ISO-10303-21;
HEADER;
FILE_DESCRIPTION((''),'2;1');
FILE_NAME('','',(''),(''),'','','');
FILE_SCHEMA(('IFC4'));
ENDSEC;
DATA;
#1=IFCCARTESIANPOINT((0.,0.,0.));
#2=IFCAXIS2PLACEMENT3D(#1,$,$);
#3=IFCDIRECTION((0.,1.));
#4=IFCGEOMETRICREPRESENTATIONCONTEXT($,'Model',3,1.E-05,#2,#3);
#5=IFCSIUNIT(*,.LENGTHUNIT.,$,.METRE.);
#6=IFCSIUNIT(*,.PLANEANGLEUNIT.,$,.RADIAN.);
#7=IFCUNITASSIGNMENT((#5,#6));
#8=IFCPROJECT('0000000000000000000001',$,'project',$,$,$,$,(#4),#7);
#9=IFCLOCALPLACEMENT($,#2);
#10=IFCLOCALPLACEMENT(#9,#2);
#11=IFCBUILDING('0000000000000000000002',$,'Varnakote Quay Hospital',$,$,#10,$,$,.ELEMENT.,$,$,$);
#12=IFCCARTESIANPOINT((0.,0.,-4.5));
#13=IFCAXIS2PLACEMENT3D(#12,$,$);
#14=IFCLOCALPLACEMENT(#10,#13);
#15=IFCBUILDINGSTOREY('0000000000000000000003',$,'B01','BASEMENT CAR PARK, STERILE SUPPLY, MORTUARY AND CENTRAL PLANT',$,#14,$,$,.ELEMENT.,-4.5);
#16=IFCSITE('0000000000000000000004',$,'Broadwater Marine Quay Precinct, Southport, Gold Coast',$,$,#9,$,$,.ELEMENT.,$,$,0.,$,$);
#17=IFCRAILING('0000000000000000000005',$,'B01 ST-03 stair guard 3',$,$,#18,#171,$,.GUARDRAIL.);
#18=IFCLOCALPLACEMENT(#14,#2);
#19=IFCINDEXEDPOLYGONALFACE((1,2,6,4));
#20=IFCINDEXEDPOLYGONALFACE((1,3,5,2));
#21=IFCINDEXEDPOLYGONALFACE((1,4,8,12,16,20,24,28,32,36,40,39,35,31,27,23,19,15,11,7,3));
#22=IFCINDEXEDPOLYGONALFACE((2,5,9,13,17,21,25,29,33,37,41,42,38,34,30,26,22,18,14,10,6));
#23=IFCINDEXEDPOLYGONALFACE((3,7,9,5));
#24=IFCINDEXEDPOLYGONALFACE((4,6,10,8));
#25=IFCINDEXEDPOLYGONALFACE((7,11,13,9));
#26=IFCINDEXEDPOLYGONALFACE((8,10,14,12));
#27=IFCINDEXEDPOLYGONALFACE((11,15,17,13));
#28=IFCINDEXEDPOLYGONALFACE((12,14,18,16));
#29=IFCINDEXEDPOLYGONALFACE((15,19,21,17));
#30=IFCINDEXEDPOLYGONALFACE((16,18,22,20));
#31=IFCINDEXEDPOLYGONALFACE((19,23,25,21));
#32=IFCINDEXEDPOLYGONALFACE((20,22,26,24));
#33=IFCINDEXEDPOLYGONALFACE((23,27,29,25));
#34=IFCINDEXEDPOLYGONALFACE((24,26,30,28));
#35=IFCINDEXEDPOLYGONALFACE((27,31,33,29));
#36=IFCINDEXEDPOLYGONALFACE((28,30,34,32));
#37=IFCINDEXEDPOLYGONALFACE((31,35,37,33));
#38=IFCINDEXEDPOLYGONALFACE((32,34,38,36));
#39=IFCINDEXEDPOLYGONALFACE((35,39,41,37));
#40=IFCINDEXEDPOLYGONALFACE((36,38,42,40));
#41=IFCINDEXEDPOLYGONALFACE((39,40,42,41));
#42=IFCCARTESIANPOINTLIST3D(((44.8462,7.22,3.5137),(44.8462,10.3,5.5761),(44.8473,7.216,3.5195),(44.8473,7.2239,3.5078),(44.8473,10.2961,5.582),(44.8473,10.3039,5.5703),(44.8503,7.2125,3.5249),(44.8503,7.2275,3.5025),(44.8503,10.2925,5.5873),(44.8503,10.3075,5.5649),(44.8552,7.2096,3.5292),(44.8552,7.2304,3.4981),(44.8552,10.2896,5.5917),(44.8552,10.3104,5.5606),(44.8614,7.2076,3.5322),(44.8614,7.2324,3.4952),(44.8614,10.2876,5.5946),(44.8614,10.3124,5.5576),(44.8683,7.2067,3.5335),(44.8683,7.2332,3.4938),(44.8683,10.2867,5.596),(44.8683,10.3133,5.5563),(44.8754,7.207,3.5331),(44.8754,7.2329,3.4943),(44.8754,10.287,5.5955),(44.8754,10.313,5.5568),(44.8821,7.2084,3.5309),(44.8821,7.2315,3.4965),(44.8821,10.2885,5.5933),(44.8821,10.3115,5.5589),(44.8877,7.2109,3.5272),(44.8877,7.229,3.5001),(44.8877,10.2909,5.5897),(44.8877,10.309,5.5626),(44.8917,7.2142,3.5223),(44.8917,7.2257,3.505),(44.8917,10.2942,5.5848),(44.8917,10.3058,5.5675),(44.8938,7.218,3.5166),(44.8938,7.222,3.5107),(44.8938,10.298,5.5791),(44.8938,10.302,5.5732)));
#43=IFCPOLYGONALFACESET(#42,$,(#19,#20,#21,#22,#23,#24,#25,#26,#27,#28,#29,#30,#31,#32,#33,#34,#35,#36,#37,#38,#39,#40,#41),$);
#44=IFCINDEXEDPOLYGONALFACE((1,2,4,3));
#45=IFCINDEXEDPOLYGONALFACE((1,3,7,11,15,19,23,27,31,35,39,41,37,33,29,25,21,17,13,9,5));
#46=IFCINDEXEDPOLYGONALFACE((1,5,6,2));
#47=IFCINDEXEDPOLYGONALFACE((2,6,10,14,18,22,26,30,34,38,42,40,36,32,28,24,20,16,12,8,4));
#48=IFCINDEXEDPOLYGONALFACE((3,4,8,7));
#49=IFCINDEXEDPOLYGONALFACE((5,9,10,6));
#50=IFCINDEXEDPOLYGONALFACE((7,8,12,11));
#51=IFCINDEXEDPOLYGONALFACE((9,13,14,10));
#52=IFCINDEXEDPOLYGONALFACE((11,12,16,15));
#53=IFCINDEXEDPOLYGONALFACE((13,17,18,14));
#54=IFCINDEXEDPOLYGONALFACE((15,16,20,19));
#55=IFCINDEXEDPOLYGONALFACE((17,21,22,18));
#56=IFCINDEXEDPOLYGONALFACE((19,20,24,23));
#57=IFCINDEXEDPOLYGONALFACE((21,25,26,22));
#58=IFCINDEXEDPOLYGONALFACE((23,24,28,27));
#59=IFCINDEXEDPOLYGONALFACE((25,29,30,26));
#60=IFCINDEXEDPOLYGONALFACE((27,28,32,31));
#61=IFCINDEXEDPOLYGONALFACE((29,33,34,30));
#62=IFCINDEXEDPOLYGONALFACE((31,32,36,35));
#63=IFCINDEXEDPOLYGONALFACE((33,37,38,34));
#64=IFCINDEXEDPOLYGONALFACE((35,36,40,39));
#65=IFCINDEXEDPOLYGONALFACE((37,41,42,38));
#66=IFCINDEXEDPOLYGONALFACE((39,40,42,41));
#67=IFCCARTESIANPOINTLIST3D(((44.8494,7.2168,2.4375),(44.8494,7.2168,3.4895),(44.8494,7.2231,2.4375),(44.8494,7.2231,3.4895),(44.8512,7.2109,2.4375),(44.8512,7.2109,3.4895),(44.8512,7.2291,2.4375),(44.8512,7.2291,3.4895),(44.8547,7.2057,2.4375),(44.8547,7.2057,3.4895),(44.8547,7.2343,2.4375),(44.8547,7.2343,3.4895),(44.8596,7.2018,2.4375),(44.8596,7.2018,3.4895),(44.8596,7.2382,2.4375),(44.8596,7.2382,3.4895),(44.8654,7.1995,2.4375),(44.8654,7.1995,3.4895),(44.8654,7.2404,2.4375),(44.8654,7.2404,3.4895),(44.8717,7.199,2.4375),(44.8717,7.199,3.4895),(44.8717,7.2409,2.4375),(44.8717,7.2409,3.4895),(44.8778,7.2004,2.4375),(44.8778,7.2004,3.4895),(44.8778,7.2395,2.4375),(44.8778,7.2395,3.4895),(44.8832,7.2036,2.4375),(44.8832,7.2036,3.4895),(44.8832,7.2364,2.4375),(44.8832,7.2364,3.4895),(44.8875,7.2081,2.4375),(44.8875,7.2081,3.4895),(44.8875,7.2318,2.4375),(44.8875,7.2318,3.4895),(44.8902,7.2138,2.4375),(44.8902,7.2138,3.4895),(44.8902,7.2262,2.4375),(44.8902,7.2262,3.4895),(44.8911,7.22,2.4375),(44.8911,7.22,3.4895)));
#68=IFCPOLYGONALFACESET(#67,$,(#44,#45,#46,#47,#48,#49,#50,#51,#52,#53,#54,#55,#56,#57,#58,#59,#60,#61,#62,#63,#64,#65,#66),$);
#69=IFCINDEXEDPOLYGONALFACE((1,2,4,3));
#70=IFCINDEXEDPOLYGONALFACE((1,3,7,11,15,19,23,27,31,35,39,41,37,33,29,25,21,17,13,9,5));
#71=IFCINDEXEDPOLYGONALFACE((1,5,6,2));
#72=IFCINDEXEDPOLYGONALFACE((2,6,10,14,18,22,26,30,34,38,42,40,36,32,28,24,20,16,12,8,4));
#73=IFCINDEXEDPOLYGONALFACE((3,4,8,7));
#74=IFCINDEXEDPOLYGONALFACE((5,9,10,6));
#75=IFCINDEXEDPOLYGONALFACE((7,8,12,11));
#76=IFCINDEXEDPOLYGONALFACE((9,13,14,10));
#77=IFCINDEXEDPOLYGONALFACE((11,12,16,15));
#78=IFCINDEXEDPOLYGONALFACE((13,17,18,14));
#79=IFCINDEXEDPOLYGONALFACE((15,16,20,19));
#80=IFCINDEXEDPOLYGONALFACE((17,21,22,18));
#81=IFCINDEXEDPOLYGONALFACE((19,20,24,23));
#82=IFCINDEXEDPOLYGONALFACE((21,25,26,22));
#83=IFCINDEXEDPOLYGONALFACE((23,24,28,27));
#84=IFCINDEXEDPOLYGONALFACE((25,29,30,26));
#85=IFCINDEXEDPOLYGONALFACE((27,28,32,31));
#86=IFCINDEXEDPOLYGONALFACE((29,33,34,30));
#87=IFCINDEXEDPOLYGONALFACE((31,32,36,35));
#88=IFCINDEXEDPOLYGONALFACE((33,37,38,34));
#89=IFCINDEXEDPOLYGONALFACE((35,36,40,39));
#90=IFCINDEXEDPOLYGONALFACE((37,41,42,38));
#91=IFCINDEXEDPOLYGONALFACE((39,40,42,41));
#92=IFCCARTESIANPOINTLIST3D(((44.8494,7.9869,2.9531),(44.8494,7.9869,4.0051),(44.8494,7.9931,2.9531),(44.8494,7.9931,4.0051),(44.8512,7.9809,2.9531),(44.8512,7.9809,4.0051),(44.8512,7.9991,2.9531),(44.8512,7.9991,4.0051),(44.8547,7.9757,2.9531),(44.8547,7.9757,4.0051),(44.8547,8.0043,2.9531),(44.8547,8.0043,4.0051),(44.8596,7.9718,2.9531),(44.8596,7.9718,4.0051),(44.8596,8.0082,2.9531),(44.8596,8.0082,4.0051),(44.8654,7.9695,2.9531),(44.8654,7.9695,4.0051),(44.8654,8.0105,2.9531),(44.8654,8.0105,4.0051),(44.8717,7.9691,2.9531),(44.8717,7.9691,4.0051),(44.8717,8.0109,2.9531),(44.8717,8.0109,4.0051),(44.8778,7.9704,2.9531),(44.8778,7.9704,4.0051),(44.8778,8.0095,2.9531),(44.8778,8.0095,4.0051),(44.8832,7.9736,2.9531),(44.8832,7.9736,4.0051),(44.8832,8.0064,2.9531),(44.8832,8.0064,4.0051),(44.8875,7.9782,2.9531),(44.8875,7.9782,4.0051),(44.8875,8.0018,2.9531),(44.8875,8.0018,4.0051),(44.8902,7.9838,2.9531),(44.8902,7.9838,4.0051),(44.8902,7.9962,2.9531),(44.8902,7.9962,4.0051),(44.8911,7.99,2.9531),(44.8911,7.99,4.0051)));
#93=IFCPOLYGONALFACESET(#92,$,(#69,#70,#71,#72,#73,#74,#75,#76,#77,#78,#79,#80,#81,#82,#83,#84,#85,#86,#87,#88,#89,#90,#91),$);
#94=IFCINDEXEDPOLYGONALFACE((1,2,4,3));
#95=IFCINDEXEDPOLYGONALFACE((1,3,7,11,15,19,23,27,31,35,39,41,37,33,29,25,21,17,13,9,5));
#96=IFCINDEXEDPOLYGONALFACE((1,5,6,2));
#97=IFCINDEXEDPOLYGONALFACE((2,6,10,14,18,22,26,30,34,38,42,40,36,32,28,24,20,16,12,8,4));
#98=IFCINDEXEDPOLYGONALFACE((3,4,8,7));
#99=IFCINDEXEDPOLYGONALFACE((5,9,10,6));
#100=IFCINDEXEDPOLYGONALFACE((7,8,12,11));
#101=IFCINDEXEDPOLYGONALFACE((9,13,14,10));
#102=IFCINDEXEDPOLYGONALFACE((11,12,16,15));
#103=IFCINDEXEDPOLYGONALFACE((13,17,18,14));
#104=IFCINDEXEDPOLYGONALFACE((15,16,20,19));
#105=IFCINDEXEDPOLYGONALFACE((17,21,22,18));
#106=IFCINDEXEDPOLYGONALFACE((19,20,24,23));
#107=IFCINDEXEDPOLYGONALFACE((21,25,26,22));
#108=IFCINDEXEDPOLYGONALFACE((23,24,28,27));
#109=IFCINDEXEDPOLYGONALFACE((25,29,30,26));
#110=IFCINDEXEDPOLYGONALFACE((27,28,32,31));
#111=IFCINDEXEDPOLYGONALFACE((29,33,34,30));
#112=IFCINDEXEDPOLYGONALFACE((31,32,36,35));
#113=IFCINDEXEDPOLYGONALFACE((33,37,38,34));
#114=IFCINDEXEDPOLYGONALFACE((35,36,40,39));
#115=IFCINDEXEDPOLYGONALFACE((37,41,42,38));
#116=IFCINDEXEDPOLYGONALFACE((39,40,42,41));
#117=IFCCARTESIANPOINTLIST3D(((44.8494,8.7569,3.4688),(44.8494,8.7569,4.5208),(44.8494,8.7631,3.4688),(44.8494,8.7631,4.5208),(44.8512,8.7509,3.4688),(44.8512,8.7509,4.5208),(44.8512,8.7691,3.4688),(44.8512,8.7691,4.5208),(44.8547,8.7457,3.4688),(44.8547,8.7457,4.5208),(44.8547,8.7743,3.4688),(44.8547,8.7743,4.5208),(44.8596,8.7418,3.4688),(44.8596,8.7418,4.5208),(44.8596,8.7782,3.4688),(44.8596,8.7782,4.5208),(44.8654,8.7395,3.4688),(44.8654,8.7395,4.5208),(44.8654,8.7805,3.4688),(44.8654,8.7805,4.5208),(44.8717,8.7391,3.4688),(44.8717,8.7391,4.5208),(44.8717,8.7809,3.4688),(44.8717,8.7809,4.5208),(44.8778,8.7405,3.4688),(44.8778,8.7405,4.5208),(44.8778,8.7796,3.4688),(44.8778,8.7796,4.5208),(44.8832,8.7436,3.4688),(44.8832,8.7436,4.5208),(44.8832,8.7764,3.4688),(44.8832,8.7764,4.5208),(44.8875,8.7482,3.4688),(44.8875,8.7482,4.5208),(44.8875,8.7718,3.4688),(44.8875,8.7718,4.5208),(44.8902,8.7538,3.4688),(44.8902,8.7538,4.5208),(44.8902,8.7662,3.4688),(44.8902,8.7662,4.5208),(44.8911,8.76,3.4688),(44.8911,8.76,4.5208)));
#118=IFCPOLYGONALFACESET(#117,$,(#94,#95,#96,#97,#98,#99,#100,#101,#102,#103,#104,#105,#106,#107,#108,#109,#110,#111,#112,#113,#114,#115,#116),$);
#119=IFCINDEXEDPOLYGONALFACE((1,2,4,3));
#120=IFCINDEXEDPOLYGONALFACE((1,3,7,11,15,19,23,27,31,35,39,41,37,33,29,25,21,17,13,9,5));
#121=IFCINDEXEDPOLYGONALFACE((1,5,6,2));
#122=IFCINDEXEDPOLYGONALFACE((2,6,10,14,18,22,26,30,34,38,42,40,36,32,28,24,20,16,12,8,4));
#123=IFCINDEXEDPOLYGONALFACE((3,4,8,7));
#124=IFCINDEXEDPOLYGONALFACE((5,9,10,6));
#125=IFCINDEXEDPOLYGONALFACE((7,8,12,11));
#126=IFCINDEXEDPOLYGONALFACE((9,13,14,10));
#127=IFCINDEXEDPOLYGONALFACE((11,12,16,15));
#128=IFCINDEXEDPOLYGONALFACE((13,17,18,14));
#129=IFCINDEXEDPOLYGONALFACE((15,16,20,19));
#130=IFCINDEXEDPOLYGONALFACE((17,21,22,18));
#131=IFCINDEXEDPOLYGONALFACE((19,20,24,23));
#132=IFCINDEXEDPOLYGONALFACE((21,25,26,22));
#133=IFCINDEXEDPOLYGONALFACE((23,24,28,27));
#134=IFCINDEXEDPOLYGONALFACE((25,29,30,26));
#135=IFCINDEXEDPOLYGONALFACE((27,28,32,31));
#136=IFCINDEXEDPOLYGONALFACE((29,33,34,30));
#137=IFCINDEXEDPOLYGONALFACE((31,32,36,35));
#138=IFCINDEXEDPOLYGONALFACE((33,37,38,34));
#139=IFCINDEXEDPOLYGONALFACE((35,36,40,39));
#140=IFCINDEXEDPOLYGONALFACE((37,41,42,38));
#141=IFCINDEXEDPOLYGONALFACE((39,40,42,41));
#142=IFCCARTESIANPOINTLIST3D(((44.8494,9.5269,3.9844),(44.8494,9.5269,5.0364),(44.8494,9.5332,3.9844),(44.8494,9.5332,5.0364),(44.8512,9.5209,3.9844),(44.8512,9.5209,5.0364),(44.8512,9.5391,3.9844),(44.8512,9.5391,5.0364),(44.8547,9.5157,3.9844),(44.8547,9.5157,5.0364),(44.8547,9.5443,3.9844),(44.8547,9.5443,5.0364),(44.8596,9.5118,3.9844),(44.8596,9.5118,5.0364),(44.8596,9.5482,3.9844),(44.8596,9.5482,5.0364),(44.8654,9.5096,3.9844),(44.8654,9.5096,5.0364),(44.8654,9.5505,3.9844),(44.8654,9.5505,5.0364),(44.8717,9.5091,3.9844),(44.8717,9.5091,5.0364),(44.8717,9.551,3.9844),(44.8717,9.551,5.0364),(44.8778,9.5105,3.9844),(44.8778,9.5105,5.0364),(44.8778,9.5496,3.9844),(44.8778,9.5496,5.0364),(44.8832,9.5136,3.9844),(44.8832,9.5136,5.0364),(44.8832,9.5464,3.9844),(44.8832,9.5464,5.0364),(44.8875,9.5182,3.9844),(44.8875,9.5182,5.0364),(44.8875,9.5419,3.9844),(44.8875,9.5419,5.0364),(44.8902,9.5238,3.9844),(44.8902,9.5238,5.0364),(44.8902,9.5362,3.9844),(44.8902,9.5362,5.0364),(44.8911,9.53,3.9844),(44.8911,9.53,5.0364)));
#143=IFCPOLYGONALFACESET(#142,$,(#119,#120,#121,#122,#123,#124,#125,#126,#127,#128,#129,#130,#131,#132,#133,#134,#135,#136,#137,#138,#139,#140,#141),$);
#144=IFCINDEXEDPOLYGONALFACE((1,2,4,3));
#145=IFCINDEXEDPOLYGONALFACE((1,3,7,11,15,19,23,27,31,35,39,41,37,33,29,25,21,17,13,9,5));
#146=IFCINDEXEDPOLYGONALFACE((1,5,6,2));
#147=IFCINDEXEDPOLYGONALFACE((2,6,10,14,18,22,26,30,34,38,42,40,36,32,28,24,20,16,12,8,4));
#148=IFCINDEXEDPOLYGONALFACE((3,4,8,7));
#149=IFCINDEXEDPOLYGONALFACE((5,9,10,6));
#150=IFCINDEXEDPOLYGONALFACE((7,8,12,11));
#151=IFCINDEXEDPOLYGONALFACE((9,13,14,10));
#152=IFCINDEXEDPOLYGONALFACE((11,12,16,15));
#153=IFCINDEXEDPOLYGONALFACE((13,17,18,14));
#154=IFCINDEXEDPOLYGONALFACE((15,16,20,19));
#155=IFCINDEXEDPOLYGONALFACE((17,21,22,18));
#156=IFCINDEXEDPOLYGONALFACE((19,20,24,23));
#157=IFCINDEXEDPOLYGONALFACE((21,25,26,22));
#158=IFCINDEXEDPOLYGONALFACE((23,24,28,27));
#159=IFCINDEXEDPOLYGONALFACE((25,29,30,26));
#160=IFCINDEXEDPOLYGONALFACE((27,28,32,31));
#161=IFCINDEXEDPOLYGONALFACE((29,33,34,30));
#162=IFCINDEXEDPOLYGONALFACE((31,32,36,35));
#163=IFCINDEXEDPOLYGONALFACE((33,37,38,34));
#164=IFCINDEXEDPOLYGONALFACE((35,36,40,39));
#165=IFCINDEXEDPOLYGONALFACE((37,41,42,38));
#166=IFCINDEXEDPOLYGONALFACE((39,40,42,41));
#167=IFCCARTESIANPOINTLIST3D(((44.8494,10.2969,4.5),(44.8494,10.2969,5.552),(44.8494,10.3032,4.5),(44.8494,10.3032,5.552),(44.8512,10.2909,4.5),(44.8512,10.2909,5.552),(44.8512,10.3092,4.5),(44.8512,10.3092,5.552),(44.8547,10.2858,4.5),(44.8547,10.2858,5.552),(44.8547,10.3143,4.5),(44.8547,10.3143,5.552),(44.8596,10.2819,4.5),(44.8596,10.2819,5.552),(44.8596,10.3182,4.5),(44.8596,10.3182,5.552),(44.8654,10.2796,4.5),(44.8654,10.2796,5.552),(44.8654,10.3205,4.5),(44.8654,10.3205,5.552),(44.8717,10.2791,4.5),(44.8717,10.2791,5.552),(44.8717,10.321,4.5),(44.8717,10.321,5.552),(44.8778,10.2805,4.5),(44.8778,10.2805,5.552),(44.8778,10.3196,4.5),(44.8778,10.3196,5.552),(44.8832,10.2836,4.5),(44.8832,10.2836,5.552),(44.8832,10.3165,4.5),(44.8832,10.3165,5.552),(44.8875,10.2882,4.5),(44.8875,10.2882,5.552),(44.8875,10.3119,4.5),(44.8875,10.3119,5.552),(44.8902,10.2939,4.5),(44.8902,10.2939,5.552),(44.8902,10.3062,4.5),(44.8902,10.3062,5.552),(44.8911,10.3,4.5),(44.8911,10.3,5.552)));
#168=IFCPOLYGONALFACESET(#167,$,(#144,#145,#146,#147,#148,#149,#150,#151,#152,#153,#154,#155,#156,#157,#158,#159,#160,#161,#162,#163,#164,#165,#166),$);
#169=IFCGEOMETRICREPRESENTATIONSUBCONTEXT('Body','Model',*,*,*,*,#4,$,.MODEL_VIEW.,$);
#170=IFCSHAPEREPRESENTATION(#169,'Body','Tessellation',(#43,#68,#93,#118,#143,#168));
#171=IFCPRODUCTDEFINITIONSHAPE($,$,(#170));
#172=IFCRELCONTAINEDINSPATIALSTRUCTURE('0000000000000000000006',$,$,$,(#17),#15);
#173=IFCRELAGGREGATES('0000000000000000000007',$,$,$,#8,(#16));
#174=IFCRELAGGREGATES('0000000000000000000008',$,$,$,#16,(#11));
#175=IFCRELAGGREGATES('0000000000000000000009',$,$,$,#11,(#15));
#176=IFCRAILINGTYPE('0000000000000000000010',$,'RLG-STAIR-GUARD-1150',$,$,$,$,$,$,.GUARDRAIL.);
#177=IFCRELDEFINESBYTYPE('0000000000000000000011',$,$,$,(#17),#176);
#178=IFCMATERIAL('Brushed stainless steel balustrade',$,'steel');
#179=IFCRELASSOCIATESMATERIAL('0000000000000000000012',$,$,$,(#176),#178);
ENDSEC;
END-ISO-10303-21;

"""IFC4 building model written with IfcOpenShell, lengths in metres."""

from ifc_helpers import new_model, si_unit, direction, frame, origin, origin_2d, place, context, subcontext, project, spatial, circle, extrude, material, type_object, element, save


model = new_model("IFC4")

# Units and contexts
model_context = context("Model", 3, precision=1e-05, world=origin(), true_north=direction((0.0, 1.0)))
body_context = subcontext(model_context, "Body", "Model", "MODEL_VIEW")
ifc_project = project(units=[si_unit("LENGTHUNIT", "METRE"), si_unit("PLANEANGLEUNIT", "RADIAN")], contexts=[model_context])

# Site, building, storey
site_placement = place(None, origin())
site = spatial("IfcSite", under=ifc_project, at=site_placement, Name="Broadwater Marine Quay Precinct, Southport, Gold Coast", CompositionType="ELEMENT", RefElevation=0.0)
building_placement = place(site_placement, origin())
building = spatial("IfcBuilding", under=site, at=building_placement, Name="Varnakote Quay Hospital", CompositionType="ELEMENT")
storey_placement = place(building_placement, frame((0.0, 0.0, -4.5)))
storey = spatial("IfcBuildingStorey", under=building, at=storey_placement, Name="B01", Description="BASEMENT CAR PARK, STERILE SUPPLY, MORTUARY AND CENTRAL PLANT", CompositionType="ELEMENT", Elevation=-4.5)

# Railing
ifc_material_1 = material(Name="Brushed stainless steel balustrade", Category="steel")
railing_type_1 = type_object("IfcRailingType", Name="RLG-STAIR-GUARD-1150", PredefinedType="GUARDRAIL", material=ifc_material_1)
railing_1_placement = place(storey_placement, frame((44.8701, 7.22, 2.4375)))
element("IfcRailing", 1, at=railing_1_placement, inside=storey, type_object=railing_type_1, Name="B01 ST-03 stair guard 3", PredefinedType="GUARDRAIL", context=body_context, shape_type="SweptSolid", body=[
    extrude(circle(Radius=0.0239, at=origin_2d()), frame((0.0, 0.0, 1.0762), z_axis=(0.0, 0.830914, 0.556401), x_axis=(-1.0, 0.0, 0.0)), (0.0, 0.0, 1.0), 3.7068),
    extrude(circle(Radius=0.021, at=origin_2d()), origin(), (0.0, 0.0, 1.0), 1.052),
    extrude(circle(Radius=0.021, at=origin_2d()), frame((0.0, 0.77, 0.5156)), (0.0, 0.0, 1.0), 1.052),
    extrude(circle(Radius=0.021, at=origin_2d()), frame((0.0, 1.54, 1.0312)), (0.0, 0.0, 1.0), 1.052),
    extrude(circle(Radius=0.021, at=origin_2d()), frame((0.0, 2.3101, 1.5469)), (0.0, 0.0, 1.0), 1.052),
    extrude(circle(Radius=0.021, at=origin_2d()), frame((0.0, 3.0801, 2.0625)), (0.0, 0.0, 1.0), 1.052),
])

save(model, "model.ifc")
